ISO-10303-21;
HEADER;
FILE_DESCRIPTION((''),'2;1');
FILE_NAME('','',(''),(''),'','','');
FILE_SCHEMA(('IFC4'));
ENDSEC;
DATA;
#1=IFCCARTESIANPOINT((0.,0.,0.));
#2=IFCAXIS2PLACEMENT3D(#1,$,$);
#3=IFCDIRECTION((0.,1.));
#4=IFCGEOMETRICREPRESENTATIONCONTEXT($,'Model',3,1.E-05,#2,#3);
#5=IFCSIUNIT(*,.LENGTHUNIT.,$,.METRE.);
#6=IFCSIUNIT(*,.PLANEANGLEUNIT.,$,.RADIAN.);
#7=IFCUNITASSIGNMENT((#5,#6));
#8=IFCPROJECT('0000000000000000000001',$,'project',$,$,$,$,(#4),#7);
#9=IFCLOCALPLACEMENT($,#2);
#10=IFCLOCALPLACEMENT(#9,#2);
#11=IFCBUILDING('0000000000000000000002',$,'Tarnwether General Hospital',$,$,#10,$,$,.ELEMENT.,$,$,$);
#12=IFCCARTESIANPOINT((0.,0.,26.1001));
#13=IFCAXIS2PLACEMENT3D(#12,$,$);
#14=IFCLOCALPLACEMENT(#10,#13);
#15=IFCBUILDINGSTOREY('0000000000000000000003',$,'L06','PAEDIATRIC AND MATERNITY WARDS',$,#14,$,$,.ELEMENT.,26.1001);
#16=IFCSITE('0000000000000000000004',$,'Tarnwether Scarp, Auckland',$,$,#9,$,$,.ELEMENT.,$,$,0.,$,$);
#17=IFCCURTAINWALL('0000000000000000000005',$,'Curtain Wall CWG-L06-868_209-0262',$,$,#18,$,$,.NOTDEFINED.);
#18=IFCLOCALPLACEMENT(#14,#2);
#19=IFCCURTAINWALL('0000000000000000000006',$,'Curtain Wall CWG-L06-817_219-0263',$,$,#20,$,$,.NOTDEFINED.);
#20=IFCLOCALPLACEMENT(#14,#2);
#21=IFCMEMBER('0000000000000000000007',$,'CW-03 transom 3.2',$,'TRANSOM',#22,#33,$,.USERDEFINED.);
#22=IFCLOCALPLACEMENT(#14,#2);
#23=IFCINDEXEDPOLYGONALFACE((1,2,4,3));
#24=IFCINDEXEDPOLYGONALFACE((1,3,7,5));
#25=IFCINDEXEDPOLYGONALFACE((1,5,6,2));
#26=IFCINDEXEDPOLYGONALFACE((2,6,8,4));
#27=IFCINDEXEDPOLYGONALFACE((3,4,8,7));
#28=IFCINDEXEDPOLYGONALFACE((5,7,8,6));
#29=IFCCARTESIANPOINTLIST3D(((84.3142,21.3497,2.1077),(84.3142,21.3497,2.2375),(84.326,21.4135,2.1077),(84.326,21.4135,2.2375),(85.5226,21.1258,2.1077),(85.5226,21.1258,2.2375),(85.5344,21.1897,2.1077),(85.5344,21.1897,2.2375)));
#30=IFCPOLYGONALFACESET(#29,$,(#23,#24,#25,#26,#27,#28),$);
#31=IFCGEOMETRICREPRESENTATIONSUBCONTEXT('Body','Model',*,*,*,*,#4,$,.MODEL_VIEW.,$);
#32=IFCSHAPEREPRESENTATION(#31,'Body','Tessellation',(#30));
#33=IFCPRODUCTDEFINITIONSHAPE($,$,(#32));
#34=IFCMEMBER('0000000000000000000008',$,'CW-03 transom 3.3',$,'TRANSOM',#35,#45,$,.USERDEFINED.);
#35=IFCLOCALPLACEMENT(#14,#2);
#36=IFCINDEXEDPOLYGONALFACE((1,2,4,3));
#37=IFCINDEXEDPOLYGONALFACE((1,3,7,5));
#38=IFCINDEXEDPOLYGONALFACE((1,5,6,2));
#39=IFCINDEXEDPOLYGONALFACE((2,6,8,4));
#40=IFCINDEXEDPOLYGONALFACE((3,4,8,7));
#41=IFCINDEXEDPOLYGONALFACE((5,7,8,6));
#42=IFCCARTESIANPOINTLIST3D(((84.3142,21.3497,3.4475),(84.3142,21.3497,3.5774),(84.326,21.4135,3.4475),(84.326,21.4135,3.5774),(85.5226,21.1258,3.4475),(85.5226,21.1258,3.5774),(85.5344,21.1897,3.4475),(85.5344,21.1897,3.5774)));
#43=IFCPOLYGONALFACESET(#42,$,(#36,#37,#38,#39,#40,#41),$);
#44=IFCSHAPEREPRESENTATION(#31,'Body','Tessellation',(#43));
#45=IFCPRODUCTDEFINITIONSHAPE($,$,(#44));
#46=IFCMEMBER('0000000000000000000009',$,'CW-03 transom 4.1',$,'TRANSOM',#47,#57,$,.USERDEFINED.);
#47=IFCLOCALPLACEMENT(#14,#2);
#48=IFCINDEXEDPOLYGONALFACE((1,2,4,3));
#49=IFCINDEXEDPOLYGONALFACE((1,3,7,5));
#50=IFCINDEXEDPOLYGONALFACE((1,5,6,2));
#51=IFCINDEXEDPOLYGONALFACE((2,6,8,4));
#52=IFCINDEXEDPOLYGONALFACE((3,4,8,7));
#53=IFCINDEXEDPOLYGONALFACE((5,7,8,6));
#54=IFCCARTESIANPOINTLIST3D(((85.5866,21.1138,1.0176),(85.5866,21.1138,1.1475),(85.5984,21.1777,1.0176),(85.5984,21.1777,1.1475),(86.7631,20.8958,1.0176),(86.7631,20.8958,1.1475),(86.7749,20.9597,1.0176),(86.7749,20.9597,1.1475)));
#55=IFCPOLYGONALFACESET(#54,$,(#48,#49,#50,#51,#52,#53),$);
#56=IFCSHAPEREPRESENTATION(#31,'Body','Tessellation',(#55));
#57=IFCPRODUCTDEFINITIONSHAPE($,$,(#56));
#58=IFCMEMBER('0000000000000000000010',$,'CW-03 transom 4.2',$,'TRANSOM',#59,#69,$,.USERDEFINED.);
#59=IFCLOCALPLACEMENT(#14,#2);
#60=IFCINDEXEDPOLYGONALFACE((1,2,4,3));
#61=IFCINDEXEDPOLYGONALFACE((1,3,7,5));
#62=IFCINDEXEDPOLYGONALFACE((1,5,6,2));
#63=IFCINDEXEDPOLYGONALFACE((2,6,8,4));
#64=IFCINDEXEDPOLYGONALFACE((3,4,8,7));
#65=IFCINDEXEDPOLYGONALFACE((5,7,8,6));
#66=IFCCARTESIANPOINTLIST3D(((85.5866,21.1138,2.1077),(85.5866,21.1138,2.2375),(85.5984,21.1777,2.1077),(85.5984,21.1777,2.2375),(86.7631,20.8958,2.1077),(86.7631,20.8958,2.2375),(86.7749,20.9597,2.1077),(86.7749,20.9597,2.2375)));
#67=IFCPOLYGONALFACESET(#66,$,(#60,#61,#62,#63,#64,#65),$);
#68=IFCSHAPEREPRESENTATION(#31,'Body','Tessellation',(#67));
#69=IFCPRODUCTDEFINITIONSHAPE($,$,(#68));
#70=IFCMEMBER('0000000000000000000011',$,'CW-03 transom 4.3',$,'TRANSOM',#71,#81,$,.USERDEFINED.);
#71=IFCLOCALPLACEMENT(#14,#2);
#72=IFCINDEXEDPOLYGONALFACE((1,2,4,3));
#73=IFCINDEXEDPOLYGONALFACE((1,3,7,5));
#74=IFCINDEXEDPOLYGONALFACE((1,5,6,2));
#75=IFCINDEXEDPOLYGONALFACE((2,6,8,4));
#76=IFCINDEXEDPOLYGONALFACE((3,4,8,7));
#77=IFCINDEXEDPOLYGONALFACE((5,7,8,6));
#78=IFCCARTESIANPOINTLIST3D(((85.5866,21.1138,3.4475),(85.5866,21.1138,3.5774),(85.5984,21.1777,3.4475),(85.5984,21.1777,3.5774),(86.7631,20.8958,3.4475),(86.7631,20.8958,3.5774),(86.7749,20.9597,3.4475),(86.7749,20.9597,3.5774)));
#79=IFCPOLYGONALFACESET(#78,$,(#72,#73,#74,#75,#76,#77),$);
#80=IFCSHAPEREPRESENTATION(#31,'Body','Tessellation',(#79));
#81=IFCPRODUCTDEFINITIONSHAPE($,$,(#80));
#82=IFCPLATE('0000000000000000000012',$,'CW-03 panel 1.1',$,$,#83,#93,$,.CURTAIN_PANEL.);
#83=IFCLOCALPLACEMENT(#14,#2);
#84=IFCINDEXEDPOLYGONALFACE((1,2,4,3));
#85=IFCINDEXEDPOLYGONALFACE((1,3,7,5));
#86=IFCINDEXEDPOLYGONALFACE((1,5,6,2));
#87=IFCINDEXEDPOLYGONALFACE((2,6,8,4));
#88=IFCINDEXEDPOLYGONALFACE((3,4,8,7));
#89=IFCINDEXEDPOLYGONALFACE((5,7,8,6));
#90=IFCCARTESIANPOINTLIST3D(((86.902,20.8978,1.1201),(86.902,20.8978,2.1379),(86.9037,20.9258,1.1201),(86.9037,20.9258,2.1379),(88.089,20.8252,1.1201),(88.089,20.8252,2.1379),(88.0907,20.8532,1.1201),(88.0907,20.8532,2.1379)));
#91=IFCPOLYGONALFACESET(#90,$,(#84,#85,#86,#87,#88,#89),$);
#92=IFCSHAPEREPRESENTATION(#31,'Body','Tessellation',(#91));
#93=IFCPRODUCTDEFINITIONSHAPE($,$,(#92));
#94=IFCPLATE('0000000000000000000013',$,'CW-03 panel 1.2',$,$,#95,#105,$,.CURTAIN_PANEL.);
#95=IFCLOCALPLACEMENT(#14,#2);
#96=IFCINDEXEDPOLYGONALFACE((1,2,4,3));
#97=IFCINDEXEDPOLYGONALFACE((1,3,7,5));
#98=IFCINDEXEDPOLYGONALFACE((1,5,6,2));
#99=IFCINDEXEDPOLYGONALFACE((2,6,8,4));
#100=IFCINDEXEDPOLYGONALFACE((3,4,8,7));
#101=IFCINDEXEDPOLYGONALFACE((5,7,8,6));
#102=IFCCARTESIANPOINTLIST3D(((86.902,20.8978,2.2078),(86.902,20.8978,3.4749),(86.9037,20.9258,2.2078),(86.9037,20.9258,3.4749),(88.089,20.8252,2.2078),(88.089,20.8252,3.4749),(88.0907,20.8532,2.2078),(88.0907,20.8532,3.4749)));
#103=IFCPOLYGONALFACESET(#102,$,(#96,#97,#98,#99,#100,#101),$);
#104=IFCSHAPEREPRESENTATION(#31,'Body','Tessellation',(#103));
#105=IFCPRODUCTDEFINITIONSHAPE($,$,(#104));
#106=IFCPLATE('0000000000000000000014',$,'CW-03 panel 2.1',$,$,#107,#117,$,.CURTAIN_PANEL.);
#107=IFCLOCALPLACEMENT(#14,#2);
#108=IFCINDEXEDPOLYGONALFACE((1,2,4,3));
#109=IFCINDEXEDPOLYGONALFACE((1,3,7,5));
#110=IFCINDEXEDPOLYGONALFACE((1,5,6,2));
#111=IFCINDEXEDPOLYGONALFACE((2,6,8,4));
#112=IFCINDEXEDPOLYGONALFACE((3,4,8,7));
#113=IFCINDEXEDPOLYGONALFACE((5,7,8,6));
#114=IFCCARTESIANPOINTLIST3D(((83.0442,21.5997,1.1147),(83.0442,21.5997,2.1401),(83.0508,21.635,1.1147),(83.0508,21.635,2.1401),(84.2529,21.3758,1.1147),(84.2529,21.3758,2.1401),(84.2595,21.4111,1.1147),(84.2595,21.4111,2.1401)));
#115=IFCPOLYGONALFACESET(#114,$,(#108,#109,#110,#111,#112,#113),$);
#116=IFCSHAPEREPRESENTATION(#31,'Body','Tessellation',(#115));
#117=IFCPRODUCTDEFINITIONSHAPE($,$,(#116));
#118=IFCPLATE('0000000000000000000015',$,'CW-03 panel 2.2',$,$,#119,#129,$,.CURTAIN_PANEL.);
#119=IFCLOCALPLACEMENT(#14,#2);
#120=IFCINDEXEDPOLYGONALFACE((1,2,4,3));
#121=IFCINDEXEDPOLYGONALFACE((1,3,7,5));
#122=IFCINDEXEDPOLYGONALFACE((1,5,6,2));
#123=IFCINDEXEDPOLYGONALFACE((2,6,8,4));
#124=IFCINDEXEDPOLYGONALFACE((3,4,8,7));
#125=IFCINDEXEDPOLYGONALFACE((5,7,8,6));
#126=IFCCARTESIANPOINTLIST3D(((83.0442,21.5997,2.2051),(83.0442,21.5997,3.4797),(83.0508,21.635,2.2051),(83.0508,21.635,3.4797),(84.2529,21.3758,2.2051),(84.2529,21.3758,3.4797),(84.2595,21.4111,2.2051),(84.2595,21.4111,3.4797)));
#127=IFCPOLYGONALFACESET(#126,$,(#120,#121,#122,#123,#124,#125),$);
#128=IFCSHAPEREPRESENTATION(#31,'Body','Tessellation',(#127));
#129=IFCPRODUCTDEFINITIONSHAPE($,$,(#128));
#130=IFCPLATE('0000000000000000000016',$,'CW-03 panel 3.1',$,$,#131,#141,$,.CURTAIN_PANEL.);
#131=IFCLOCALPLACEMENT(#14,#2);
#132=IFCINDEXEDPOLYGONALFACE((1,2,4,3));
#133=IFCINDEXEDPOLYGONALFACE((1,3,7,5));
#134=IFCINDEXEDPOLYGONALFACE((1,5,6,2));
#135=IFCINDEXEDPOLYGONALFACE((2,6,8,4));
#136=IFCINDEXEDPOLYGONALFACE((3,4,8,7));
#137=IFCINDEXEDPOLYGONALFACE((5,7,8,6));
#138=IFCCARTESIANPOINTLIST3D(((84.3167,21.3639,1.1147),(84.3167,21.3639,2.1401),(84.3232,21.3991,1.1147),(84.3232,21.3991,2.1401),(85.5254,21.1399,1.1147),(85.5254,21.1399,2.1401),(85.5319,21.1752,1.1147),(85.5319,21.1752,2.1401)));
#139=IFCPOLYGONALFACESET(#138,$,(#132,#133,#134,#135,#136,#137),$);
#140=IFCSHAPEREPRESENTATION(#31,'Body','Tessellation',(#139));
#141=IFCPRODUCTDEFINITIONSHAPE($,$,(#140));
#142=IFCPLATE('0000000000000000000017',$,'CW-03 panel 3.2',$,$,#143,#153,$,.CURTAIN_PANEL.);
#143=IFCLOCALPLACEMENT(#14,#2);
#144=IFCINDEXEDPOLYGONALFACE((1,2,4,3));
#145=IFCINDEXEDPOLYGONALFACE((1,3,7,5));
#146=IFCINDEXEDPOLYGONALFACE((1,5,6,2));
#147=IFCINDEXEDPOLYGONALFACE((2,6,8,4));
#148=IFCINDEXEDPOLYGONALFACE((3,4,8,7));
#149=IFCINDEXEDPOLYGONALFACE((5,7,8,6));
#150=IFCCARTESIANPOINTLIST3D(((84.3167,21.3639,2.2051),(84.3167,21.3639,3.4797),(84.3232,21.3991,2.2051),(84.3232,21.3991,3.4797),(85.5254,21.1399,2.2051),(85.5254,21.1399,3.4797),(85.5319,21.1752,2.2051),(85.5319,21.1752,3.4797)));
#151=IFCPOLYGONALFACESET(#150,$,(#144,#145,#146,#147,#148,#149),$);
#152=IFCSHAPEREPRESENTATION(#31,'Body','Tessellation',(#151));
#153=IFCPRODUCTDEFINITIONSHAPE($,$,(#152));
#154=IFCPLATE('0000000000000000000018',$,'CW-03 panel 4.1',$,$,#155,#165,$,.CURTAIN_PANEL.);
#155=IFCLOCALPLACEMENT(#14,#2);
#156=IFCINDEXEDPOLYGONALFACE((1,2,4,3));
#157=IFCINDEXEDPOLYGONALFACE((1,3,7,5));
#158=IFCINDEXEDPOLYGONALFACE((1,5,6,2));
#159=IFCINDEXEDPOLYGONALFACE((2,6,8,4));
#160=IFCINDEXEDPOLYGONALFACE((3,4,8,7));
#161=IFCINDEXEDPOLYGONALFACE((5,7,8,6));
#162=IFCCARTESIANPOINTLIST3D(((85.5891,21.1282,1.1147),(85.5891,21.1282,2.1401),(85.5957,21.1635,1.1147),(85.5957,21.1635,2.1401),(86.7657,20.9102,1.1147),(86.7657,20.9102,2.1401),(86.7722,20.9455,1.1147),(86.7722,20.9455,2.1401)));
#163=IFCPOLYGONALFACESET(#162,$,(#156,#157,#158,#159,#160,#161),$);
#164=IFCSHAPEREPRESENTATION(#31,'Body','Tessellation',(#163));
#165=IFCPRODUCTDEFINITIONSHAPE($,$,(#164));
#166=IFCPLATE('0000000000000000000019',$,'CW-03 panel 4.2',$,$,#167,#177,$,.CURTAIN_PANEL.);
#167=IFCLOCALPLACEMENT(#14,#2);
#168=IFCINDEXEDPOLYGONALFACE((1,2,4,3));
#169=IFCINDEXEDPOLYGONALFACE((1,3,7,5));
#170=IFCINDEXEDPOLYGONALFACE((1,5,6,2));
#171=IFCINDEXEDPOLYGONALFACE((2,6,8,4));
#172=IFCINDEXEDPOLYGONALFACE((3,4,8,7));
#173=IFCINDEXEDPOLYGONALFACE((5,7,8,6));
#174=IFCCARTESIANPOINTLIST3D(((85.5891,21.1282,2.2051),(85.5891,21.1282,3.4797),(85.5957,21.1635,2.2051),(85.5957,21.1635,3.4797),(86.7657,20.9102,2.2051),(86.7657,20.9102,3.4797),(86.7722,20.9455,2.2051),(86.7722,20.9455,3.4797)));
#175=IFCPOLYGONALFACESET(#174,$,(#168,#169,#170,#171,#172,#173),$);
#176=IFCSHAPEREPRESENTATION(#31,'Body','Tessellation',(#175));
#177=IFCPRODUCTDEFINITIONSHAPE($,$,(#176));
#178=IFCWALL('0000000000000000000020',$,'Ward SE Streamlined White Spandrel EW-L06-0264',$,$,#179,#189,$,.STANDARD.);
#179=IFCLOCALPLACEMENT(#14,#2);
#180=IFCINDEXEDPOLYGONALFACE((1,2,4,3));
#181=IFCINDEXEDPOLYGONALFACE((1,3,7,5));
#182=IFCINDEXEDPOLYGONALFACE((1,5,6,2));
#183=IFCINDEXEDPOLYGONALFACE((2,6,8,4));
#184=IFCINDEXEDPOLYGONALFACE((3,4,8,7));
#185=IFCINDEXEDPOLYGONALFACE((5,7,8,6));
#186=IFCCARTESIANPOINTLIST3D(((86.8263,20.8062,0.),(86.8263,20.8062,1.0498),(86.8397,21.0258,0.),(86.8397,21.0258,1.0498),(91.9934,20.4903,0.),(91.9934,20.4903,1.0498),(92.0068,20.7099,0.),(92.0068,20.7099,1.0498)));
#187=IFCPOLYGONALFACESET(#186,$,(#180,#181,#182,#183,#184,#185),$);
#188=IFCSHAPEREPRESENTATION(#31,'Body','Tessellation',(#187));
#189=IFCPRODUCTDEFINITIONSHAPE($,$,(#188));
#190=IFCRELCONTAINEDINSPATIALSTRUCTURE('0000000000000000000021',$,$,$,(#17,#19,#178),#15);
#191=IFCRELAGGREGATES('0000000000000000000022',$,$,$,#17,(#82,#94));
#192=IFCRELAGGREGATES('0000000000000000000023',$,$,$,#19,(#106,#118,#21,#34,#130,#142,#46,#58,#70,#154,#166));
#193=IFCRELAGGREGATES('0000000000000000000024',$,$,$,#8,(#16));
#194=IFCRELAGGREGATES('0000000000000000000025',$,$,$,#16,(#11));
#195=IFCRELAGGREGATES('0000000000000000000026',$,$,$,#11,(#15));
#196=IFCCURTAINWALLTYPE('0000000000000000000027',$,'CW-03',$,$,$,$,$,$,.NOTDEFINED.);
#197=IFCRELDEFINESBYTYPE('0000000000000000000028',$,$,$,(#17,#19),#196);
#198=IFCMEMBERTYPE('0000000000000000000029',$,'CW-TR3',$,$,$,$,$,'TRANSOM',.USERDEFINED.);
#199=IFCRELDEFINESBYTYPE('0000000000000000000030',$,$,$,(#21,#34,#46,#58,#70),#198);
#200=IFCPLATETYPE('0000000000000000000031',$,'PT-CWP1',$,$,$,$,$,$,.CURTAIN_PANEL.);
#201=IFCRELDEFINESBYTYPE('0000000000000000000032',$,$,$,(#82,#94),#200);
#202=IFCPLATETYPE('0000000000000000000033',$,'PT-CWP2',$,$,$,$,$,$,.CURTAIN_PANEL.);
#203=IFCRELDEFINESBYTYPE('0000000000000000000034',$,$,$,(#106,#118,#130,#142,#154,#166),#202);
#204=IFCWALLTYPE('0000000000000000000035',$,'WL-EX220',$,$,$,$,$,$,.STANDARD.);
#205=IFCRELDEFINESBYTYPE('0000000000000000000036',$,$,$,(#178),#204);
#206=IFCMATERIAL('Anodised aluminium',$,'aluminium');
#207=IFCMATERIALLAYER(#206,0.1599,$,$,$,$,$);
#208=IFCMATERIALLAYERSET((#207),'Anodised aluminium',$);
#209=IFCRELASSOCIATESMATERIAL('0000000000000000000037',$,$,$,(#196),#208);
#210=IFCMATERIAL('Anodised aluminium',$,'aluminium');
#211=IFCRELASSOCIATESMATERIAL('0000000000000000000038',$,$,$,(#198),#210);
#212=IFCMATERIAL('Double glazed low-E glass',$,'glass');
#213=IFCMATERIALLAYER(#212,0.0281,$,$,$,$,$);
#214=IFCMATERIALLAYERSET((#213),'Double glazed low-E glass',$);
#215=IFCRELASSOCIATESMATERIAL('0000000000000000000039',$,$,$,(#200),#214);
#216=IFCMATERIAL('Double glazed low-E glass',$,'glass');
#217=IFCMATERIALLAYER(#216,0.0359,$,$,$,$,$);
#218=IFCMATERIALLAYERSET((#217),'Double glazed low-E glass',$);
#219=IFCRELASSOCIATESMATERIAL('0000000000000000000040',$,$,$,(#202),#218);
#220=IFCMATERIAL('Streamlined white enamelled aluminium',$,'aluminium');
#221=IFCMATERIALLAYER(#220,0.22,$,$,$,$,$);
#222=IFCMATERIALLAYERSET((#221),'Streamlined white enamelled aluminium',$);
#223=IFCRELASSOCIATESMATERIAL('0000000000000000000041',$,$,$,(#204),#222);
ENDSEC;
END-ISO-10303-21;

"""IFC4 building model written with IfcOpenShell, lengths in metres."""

from ifc_helpers import new_model, si_unit, direction, frame, frame_2d, origin, origin_2d, place, context, subcontext, project, spatial, rectangle, extrude, material, layer, layer_set, material_profile, profile_set, type_object, element, aggregate, save


model = new_model("IFC4")

# Units and contexts
model_context = context("Model", 3, precision=1e-05, world=origin(), true_north=direction((0.0, 1.0)))
body_context = subcontext(model_context, "Body", "Model", "MODEL_VIEW")
ifc_project = project(units=[si_unit("LENGTHUNIT", "METRE"), si_unit("PLANEANGLEUNIT", "RADIAN")], contexts=[model_context])

# Site, building, storey
site_placement = place(None, origin())
site = spatial("IfcSite", under=ifc_project, at=site_placement, Name="Tarnwether Scarp, Auckland", CompositionType="ELEMENT", RefElevation=0.0)
building_placement = place(site_placement, origin())
building = spatial("IfcBuilding", under=site, at=building_placement, Name="Tarnwether General Hospital", CompositionType="ELEMENT")
storey_placement = place(building_placement, frame((0.0, 0.0, 26.1001)))
storey = spatial("IfcBuildingStorey", under=building, at=storey_placement, Name="L06", Description="PAEDIATRIC AND MATERNITY WARDS", CompositionType="ELEMENT", Elevation=26.1001)

# Curtain walls
ifc_material_1 = material(Name="Anodised aluminium", Category="aluminium")
ifc_layer_1 = layer(ifc_material_1, 0.1599)
ifc_layer_set_1 = layer_set([ifc_layer_1], Name="Anodised aluminium")
curtain_wall_type = type_object("IfcCurtainWallType", Name="CW-03", PredefinedType="NOTDEFINED", material=ifc_layer_set_1)
curtain_wall_1_placement = place(storey_placement, origin())
curtain_wall_1 = element("IfcCurtainWall", 1, at=curtain_wall_1_placement, inside=storey, type_object=curtain_wall_type, Name="Curtain Wall CWG-L06-868_209-0262", PredefinedType="NOTDEFINED")
curtain_wall_2_placement = place(storey_placement, origin())
curtain_wall_2 = element("IfcCurtainWall", 2, at=curtain_wall_2_placement, inside=storey, type_object=curtain_wall_type, Name="Curtain Wall CWG-L06-817_219-0263", PredefinedType="NOTDEFINED")

# Members
ifc_material_2 = material(Name="Anodised aluminium", Category="aluminium")
ifc_material_profile_1 = material_profile(ifc_material_2, rectangle(XDim=0.0649, YDim=0.1299, at=origin_2d()), Name="ALU-TRN-65x130")
ifc_profile_set_1 = profile_set([ifc_material_profile_1], Name="Anodised aluminium")
member_type_1 = type_object("IfcMemberType", Name="CW-TR3", ElementType="TRANSOM", PredefinedType="USERDEFINED", material=ifc_profile_set_1)
member_1_placement = place(storey_placement, frame((84.3201, 21.3816, 2.1726), z_axis=(0.98327, -0.182153, 0.0), x_axis=(0.182153, 0.98327, 0.0)))
member_1 = element("IfcMember", 3, at=member_1_placement, type_object=member_type_1, Name="CW-03 transom 3.2", ObjectType="TRANSOM", PredefinedType="USERDEFINED", context=body_context, shape_type="SweptSolid", body=[
    extrude(rectangle(XDim=0.0649, YDim=0.1299, at=origin_2d()), origin(), (0.0, 0.0, 1.0), 1.229),
])
member_2_placement = place(storey_placement, frame((84.3201, 21.3816, 3.5125), z_axis=(0.98327, -0.182153, 0.0), x_axis=(0.182153, 0.98327, 0.0)))
member_2 = element("IfcMember", 4, at=member_2_placement, type_object=member_type_1, Name="CW-03 transom 3.3", ObjectType="TRANSOM", PredefinedType="USERDEFINED", context=body_context, shape_type="SweptSolid", body=[
    extrude(rectangle(XDim=0.0649, YDim=0.1299, at=origin_2d()), origin(), (0.0, 0.0, 1.0), 1.229),
])
member_3_placement = place(storey_placement, frame((85.5925, 21.1458, 1.0825), z_axis=(0.98326, -0.182206, 0.0), x_axis=(0.182206, 0.98326, 0.0)))
member_3 = element("IfcMember", 5, at=member_3_placement, type_object=member_type_1, Name="CW-03 transom 4.1", ObjectType="TRANSOM", PredefinedType="USERDEFINED", context=body_context, shape_type="SweptSolid", body=[
    extrude(rectangle(XDim=0.0649, YDim=0.1299, at=origin_2d()), origin(), (0.0, 0.0, 1.0), 1.1965),
])
member_4_placement = place(storey_placement, frame((85.5925, 21.1458, 2.1726), z_axis=(0.98326, -0.182206, 0.0), x_axis=(0.182206, 0.98326, 0.0)))
member_4 = element("IfcMember", 6, at=member_4_placement, type_object=member_type_1, Name="CW-03 transom 4.2", ObjectType="TRANSOM", PredefinedType="USERDEFINED", context=body_context, shape_type="SweptSolid", body=[
    extrude(rectangle(XDim=0.0649, YDim=0.1299, at=origin_2d()), origin(), (0.0, 0.0, 1.0), 1.1965),
])
member_5_placement = place(storey_placement, frame((85.5925, 21.1458, 3.5125), z_axis=(0.98326, -0.182206, 0.0), x_axis=(0.182206, 0.98326, 0.0)))
member_5 = element("IfcMember", 7, at=member_5_placement, type_object=member_type_1, Name="CW-03 transom 4.3", ObjectType="TRANSOM", PredefinedType="USERDEFINED", context=body_context, shape_type="SweptSolid", body=[
    extrude(rectangle(XDim=0.0649, YDim=0.1299, at=origin_2d()), origin(), (0.0, 0.0, 1.0), 1.1965),
])

# Plates
ifc_material_3 = material(Name="Double glazed low-E glass", Category="glass")
ifc_layer_2 = layer(ifc_material_3, 0.0281)
ifc_layer_set_2 = layer_set([ifc_layer_2], Name="Double glazed low-E glass")
plate_type_1 = type_object("IfcPlateType", Name="PT-CWP1", PredefinedType="CURTAIN_PANEL", material=ifc_layer_set_2)
plate_1_placement = place(storey_placement, frame((87.4963, 20.8755, 1.1201), z_axis=(0.0, 0.0, 1.0), x_axis=(0.998135, -0.061043, 0.0)))
plate_1 = element("IfcPlate", 8, at=plate_1_placement, type_object=plate_type_1, Name="CW-03 panel 1.1", PredefinedType="CURTAIN_PANEL", context=body_context, shape_type="SweptSolid", body=[
    extrude(rectangle(XDim=1.1892, YDim=0.0281, at=origin_2d()), origin(), (0.0, 0.0, 1.0), 1.0178),
])
plate_2_placement = place(storey_placement, frame((87.4963, 20.8755, 2.2078), z_axis=(0.0, 0.0, 1.0), x_axis=(0.998135, -0.061043, 0.0)))
plate_2 = element("IfcPlate", 9, at=plate_2_placement, type_object=plate_type_1, Name="CW-03 panel 1.2", PredefinedType="CURTAIN_PANEL", context=body_context, shape_type="SweptSolid", body=[
    extrude(rectangle(XDim=1.1892, YDim=0.0281, at=origin_2d()), origin(), (0.0, 0.0, 1.0), 1.2671),
])
aggregate(curtain_wall_1, [plate_1, plate_2])
ifc_material_4 = material(Name="Double glazed low-E glass", Category="glass")
ifc_layer_3 = layer(ifc_material_4, 0.0359)
ifc_layer_set_3 = layer_set([ifc_layer_3], Name="Double glazed low-E glass")
plate_type_2 = type_object("IfcPlateType", Name="PT-CWP2", PredefinedType="CURTAIN_PANEL", material=ifc_layer_set_3)
plate_3_placement = place(storey_placement, frame((83.6519, 21.5054, 1.1147), z_axis=(0.0, 0.0, 1.0), x_axis=(0.983268, -0.182165, 0.0)))
plate_3 = element("IfcPlate", 10, at=plate_3_placement, type_object=plate_type_2, Name="CW-03 panel 2.1", PredefinedType="CURTAIN_PANEL", context=body_context, shape_type="SweptSolid", body=[
    extrude(rectangle(XDim=1.2292, YDim=0.0359, at=origin_2d()), origin(), (0.0, 0.0, 1.0), 1.0254),
])
plate_4_placement = place(storey_placement, frame((83.6519, 21.5054, 2.2051), z_axis=(0.0, 0.0, 1.0), x_axis=(0.983268, -0.182165, 0.0)))
plate_4 = element("IfcPlate", 11, at=plate_4_placement, type_object=plate_type_2, Name="CW-03 panel 2.2", PredefinedType="CURTAIN_PANEL", context=body_context, shape_type="SweptSolid", body=[
    extrude(rectangle(XDim=1.2292, YDim=0.0359, at=origin_2d()), origin(), (0.0, 0.0, 1.0), 1.2747),
])
plate_5_placement = place(storey_placement, frame((84.9243, 21.2695, 1.1147), z_axis=(0.0, 0.0, 1.0), x_axis=(0.983268, -0.182165, 0.0)))
plate_5 = element("IfcPlate", 12, at=plate_5_placement, type_object=plate_type_2, Name="CW-03 panel 3.1", PredefinedType="CURTAIN_PANEL", context=body_context, shape_type="SweptSolid", body=[
    extrude(rectangle(XDim=1.2292, YDim=0.0359, at=origin_2d()), origin(), (0.0, 0.0, 1.0), 1.0254),
])
plate_6_placement = place(storey_placement, frame((84.9243, 21.2695, 2.2051), z_axis=(0.0, 0.0, 1.0), x_axis=(0.983268, -0.182165, 0.0)))
plate_6 = element("IfcPlate", 13, at=plate_6_placement, type_object=plate_type_2, Name="CW-03 panel 3.2", PredefinedType="CURTAIN_PANEL", context=body_context, shape_type="SweptSolid", body=[
    extrude(rectangle(XDim=1.2292, YDim=0.0359, at=origin_2d()), origin(), (0.0, 0.0, 1.0), 1.2747),
])
plate_7_placement = place(storey_placement, frame((86.1807, 21.0369, 1.1147), z_axis=(0.0, 0.0, 1.0), x_axis=(0.983268, -0.182165, 0.0)))
plate_7 = element("IfcPlate", 14, at=plate_7_placement, type_object=plate_type_2, Name="CW-03 panel 4.1", PredefinedType="CURTAIN_PANEL", context=body_context, shape_type="SweptSolid", body=[
    extrude(rectangle(XDim=1.1965, YDim=0.0359, at=origin_2d()), origin(), (0.0, 0.0, 1.0), 1.0254),
])
plate_8_placement = place(storey_placement, frame((86.1807, 21.0369, 2.2051), z_axis=(0.0, 0.0, 1.0), x_axis=(0.983268, -0.182165, 0.0)))
plate_8 = element("IfcPlate", 15, at=plate_8_placement, type_object=plate_type_2, Name="CW-03 panel 4.2", PredefinedType="CURTAIN_PANEL", context=body_context, shape_type="SweptSolid", body=[
    extrude(rectangle(XDim=1.1965, YDim=0.0359, at=origin_2d()), origin(), (0.0, 0.0, 1.0), 1.2747),
])
aggregate(curtain_wall_2, [plate_3, plate_4, member_1, member_2, plate_5, plate_6, member_3, member_4, member_5, plate_7, plate_8])

# Wall
ifc_material_5 = material(Name="Streamlined white enamelled aluminium", Category="aluminium")
ifc_layer_4 = layer(ifc_material_5, 0.22)
ifc_layer_set_4 = layer_set([ifc_layer_4], Name="Streamlined white enamelled aluminium")
wall_type_1 = type_object("IfcWallType", Name="WL-EX220", PredefinedType="STANDARD", material=ifc_layer_set_4)
wall_1_placement = place(storey_placement, frame((86.833, 20.916, 0.0), z_axis=(0.0, 0.0, 1.0), x_axis=(0.998136, -0.061028, 0.0)))
element("IfcWall", 16, at=wall_1_placement, inside=storey, type_object=wall_type_1, Name="Ward SE Streamlined White Spandrel EW-L06-0264", PredefinedType="STANDARD", context=body_context, shape_type="SweptSolid", body=[
    extrude(rectangle(XDim=5.1768, YDim=0.22, at=frame_2d((2.5884, 0.0))), origin(), (0.0, 0.0, 1.0), 1.0498),
])

save(model, "model.ifc")
